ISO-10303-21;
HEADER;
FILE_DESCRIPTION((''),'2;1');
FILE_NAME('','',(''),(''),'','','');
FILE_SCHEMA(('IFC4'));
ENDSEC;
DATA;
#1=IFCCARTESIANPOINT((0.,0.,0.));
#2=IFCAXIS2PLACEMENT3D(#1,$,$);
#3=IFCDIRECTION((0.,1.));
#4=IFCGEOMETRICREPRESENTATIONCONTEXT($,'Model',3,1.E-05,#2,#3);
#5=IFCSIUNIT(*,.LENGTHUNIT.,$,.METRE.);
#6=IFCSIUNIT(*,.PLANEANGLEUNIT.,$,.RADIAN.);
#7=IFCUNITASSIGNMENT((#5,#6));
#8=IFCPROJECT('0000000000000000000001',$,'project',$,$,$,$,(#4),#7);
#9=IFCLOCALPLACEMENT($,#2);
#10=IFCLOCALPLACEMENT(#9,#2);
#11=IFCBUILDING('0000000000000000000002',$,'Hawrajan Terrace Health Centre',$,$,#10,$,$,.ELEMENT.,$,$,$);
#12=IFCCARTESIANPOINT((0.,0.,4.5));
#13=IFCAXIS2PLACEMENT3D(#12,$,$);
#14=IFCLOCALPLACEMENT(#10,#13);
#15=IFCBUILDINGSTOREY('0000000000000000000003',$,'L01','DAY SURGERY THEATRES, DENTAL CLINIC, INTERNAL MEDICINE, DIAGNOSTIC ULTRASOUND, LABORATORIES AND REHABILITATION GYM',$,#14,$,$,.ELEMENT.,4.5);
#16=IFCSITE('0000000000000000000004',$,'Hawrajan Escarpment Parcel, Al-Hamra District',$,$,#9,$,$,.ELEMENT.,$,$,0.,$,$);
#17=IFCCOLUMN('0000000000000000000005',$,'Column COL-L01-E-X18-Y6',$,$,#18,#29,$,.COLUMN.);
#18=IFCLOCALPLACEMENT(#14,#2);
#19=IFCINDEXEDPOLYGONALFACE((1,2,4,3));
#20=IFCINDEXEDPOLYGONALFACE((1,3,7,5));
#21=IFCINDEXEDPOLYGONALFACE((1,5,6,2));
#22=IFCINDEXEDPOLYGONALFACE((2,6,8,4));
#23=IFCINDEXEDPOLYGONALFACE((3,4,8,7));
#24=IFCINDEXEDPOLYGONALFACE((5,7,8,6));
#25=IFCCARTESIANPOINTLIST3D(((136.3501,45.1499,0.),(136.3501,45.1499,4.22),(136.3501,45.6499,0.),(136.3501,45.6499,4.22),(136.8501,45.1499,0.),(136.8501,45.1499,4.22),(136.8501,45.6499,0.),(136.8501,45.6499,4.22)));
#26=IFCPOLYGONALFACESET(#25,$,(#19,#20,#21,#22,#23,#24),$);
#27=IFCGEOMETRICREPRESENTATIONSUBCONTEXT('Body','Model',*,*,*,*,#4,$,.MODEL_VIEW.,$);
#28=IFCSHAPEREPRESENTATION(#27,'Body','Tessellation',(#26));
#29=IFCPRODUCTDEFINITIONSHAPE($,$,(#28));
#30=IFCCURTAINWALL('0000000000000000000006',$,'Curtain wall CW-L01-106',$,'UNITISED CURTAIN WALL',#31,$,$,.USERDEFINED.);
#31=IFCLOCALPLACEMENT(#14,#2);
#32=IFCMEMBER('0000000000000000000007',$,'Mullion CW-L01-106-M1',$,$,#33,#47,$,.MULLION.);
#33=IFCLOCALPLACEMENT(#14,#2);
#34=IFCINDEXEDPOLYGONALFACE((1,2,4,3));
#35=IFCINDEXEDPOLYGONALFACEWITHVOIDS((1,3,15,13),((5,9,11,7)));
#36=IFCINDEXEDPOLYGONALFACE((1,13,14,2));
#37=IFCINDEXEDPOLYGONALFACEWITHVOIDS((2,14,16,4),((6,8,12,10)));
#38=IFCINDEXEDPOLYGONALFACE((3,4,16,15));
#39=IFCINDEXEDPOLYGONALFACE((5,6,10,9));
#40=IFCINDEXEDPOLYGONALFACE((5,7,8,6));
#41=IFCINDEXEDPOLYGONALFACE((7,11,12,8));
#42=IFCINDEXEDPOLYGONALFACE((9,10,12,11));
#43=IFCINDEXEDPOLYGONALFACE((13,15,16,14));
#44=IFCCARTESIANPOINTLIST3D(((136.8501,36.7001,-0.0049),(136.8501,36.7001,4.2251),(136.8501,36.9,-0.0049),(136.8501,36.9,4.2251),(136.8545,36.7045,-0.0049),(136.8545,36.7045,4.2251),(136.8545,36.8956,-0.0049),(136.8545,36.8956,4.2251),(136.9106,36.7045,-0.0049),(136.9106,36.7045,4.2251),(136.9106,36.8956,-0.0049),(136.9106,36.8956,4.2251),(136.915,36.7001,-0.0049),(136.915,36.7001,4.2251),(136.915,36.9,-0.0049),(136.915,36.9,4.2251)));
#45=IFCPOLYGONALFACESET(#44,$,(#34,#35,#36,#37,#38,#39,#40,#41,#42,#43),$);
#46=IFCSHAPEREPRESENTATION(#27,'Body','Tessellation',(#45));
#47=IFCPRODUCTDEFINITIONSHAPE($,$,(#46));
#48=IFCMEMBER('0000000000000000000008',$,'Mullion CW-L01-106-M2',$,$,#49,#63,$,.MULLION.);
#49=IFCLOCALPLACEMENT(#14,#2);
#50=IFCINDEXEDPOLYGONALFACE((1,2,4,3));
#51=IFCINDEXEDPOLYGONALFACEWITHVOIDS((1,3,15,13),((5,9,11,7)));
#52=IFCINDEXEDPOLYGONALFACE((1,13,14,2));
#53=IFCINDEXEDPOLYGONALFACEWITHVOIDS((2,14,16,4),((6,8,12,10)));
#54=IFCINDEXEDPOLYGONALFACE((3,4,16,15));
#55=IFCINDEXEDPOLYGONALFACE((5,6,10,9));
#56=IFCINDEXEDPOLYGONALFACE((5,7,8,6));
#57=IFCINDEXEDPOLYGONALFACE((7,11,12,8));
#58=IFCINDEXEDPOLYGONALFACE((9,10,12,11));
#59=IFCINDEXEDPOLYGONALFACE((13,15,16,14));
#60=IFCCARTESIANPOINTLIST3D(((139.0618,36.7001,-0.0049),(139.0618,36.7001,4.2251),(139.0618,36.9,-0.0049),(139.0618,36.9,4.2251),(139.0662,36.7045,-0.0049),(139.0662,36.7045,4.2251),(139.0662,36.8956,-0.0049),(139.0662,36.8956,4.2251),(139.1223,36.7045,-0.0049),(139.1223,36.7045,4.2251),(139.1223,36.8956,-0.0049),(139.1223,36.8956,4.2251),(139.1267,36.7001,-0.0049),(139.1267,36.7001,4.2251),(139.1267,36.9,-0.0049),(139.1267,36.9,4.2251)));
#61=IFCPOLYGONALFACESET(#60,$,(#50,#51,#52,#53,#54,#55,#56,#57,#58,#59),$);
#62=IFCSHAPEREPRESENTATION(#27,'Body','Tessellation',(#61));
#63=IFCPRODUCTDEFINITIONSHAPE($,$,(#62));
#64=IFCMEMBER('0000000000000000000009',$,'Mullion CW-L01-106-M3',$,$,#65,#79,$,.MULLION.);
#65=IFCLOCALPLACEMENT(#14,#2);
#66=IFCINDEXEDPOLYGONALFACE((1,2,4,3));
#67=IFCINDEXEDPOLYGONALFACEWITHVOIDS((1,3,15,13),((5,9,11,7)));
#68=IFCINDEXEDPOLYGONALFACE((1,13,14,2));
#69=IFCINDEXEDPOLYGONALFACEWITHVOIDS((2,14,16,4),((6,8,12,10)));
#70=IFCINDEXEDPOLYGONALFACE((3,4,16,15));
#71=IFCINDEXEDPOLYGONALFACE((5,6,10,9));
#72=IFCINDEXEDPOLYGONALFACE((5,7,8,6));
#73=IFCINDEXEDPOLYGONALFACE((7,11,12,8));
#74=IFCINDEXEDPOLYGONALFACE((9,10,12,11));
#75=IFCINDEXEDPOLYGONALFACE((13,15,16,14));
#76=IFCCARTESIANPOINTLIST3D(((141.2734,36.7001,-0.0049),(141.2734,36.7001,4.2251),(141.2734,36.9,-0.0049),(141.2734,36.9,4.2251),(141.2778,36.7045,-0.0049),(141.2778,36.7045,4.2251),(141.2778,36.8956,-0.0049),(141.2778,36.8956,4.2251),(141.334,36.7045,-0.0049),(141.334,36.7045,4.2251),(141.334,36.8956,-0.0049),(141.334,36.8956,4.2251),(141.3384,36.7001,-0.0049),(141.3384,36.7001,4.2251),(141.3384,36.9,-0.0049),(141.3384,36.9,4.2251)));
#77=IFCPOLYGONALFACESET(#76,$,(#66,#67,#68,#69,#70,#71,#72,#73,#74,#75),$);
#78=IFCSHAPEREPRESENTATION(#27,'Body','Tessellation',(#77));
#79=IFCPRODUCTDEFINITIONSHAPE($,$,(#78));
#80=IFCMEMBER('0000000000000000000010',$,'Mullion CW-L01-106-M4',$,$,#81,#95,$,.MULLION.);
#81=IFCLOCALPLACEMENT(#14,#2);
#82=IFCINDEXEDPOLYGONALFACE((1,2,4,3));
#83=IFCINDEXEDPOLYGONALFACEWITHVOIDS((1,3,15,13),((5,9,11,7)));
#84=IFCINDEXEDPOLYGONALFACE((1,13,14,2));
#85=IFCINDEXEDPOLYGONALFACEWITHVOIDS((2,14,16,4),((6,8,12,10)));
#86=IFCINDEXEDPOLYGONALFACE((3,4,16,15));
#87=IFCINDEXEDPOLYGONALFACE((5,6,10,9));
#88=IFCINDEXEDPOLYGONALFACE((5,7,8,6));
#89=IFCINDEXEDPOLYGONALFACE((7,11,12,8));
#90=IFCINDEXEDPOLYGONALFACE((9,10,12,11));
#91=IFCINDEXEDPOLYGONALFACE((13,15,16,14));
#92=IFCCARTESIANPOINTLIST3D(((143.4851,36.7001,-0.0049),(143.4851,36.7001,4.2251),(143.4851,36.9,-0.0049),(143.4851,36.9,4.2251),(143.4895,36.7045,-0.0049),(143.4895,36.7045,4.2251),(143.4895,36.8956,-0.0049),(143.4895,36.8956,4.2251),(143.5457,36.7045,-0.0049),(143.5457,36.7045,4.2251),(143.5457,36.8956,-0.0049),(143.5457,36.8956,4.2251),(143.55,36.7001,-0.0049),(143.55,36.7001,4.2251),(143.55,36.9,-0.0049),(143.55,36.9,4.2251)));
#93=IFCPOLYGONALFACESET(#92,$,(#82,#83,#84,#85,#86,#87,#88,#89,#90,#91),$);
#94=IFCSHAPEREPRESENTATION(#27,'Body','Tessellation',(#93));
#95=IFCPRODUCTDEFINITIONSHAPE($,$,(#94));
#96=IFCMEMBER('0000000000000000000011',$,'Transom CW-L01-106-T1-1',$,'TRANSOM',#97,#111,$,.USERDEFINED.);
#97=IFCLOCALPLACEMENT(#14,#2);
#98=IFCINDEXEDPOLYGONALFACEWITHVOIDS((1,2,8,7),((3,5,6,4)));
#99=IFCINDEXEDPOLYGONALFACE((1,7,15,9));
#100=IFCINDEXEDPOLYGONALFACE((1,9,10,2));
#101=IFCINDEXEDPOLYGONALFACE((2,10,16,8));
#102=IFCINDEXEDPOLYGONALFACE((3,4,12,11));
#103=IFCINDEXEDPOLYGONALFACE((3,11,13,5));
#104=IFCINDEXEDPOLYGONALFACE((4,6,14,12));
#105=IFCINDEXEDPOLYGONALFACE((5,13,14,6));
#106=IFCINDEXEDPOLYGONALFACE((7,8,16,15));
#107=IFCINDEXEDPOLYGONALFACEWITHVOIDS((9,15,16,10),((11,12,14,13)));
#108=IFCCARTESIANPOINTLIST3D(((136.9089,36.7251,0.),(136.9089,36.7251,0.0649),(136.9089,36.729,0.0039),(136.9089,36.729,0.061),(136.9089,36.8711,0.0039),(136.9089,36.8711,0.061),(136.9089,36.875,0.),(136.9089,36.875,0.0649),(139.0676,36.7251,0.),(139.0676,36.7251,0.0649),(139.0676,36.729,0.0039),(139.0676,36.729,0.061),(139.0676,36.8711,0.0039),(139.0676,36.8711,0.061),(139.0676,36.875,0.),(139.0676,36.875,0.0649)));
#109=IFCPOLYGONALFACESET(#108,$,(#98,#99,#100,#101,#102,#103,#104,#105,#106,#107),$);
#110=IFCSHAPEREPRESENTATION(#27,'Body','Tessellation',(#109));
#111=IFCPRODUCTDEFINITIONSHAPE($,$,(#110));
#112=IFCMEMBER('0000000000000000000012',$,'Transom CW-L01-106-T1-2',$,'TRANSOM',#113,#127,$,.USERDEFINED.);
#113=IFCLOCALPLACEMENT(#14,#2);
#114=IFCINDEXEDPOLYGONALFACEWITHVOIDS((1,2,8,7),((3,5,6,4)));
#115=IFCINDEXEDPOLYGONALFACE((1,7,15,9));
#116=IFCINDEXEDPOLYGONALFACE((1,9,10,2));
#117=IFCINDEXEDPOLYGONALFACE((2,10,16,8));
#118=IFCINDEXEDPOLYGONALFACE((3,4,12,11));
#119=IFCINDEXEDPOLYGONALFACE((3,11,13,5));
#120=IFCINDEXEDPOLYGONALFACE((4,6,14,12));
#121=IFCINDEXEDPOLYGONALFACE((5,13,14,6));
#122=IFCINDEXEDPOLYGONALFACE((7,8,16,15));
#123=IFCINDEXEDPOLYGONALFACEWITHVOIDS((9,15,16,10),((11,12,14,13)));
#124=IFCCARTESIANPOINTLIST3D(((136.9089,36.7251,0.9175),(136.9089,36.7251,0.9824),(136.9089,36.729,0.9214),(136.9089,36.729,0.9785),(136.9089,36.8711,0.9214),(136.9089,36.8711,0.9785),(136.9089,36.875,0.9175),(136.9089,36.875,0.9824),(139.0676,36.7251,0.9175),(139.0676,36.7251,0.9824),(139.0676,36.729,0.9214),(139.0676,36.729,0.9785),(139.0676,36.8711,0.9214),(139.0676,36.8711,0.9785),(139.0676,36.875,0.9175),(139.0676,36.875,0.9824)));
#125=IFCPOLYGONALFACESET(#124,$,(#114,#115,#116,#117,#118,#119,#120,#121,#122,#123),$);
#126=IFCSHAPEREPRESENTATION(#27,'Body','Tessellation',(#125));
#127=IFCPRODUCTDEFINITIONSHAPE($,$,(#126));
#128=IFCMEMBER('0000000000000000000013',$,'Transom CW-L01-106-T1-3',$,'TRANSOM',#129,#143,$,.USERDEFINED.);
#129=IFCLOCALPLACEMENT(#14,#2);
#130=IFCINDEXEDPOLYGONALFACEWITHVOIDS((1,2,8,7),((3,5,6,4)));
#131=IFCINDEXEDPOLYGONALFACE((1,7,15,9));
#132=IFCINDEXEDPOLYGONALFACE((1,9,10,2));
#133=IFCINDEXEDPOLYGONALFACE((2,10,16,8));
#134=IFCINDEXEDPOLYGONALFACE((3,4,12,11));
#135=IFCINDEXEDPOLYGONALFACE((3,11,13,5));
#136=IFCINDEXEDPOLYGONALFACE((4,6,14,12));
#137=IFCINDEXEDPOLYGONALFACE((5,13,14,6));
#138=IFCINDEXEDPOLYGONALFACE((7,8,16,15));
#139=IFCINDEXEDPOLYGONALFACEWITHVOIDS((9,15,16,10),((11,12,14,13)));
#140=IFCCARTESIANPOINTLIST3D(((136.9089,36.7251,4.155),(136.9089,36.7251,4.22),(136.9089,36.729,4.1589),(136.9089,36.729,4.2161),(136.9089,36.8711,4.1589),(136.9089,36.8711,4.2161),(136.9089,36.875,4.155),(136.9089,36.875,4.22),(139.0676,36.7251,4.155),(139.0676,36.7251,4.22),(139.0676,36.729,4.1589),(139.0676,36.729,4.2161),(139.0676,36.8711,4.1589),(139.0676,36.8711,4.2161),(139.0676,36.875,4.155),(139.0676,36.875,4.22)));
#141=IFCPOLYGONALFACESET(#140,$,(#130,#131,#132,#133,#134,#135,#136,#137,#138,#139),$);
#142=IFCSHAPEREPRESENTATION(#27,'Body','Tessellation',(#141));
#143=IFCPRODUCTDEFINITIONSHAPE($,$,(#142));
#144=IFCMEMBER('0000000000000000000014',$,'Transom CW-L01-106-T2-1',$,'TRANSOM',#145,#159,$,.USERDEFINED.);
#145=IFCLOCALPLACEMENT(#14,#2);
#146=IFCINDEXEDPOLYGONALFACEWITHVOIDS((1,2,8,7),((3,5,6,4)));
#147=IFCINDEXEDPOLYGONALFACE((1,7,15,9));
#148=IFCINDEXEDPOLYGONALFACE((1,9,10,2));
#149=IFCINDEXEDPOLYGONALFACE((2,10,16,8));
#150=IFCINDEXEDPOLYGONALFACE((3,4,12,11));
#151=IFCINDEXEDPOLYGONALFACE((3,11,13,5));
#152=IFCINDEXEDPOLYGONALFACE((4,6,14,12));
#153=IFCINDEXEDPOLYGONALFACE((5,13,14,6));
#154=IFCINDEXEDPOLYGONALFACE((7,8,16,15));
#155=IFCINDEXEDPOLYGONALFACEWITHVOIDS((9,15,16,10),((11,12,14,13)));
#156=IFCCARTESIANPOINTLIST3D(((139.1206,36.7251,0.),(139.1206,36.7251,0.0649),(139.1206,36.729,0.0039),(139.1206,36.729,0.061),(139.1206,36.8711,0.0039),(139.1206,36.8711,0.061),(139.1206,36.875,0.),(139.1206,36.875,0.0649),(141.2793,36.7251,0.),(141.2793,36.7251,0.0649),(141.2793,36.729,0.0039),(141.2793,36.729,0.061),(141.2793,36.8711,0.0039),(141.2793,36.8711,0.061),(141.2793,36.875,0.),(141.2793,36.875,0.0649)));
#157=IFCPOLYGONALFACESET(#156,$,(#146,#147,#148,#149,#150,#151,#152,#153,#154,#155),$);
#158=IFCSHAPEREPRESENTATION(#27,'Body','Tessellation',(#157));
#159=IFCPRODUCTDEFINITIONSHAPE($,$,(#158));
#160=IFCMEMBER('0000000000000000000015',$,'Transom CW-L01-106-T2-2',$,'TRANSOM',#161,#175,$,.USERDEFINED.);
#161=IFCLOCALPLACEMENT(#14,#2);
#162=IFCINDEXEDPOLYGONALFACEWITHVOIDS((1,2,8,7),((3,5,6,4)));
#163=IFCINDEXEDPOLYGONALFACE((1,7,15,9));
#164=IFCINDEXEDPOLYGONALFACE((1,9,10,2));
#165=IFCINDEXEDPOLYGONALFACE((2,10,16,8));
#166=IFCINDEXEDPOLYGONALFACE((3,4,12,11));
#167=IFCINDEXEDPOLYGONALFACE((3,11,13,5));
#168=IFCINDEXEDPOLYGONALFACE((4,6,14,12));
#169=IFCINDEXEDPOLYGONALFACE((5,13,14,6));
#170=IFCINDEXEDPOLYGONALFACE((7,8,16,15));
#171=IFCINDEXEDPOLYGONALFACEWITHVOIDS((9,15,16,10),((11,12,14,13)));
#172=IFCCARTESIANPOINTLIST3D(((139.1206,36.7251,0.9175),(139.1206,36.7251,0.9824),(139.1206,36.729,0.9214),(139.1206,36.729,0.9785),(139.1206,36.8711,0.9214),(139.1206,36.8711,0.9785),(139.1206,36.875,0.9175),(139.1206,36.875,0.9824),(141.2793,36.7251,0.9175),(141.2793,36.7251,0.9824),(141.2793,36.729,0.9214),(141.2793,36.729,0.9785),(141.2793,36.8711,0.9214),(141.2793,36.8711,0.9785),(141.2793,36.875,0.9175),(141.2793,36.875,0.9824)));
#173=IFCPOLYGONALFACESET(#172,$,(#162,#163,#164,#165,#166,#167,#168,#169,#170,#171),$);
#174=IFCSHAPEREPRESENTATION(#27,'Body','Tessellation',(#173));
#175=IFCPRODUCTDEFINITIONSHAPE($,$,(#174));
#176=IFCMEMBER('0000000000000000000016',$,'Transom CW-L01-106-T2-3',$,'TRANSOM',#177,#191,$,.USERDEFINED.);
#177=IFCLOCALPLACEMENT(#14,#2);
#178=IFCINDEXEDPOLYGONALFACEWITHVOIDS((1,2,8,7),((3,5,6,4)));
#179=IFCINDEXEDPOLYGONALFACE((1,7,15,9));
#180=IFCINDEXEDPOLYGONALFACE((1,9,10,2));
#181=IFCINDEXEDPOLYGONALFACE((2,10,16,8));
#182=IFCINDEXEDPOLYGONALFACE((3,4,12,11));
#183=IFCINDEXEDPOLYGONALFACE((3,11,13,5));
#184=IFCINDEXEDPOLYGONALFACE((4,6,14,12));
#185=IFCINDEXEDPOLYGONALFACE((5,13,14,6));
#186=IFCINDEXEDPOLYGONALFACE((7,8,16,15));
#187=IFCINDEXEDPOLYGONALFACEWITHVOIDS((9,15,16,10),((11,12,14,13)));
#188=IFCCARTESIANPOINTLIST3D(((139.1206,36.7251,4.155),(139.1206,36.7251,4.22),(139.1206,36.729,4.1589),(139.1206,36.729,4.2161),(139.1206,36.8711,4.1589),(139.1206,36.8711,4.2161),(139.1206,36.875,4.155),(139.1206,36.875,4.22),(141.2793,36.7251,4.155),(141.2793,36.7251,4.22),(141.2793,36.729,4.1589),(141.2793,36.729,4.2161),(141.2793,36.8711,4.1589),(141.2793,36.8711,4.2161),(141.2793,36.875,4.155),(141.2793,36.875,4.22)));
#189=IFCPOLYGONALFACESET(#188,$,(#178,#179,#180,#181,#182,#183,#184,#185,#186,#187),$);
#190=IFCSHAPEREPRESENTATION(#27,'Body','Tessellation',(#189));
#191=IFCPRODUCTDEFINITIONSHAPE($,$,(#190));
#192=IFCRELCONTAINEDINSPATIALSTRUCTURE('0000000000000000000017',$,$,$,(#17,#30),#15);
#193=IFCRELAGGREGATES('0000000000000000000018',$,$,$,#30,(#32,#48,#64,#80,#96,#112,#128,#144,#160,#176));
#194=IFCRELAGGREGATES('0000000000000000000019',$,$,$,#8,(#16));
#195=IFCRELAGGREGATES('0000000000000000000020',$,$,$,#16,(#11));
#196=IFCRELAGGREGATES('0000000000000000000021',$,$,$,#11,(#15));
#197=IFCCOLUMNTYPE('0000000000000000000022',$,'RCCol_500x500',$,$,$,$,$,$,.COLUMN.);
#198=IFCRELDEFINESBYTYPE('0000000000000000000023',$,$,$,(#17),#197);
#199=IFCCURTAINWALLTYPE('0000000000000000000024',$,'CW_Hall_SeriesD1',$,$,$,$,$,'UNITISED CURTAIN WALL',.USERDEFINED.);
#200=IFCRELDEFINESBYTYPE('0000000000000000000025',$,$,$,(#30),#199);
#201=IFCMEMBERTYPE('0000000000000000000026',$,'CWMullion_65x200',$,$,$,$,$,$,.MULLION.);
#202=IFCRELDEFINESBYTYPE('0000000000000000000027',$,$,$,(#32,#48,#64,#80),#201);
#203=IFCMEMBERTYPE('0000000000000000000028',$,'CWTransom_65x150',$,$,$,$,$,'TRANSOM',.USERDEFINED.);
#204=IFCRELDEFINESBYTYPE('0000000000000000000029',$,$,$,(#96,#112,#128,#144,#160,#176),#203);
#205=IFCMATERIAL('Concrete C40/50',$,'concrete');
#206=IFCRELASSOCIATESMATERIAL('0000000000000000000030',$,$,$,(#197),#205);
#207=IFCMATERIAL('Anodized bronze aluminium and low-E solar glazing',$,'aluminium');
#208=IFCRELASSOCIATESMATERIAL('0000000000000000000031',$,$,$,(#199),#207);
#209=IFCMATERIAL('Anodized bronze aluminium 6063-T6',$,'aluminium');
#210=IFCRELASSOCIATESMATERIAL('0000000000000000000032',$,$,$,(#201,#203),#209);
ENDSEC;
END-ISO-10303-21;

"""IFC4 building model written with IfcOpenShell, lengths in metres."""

from ifc_helpers import new_model, si_unit, direction, frame, origin, origin_2d, place, context, subcontext, project, spatial, rectangle, hollow_rectangle, extrude, material, material_profile, profile_set, type_object, element, aggregate, save


model = new_model("IFC4")

# Units and contexts
model_context = context("Model", 3, precision=1e-05, world=origin(), true_north=direction((0.0, 1.0)))
body_context = subcontext(model_context, "Body", "Model", "MODEL_VIEW")
ifc_project = project(units=[si_unit("LENGTHUNIT", "METRE"), si_unit("PLANEANGLEUNIT", "RADIAN")], contexts=[model_context])

# Site, building, storey
site_placement = place(None, origin())
site = spatial("IfcSite", under=ifc_project, at=site_placement, Name="Hawrajan Escarpment Parcel, Al-Hamra District", CompositionType="ELEMENT", RefElevation=0.0)
building_placement = place(site_placement, origin())
building = spatial("IfcBuilding", under=site, at=building_placement, Name="Hawrajan Terrace Health Centre", CompositionType="ELEMENT")
storey_placement = place(building_placement, frame((0.0, 0.0, 4.5)))
storey = spatial("IfcBuildingStorey", under=building, at=storey_placement, Name="L01", Description="DAY SURGERY THEATRES, DENTAL CLINIC, INTERNAL MEDICINE, DIAGNOSTIC ULTRASOUND, LABORATORIES AND REHABILITATION GYM", CompositionType="ELEMENT", Elevation=4.5)

# Column
ifc_material_1 = material(Name="Concrete C40/50", Category="concrete")
ifc_material_profile_1 = material_profile(ifc_material_1, rectangle(XDim=0.5, YDim=0.5, at=origin_2d()), Name="RC 500x500")
ifc_profile_set_1 = profile_set([ifc_material_profile_1], Name="Concrete C40/50")
column_type = type_object("IfcColumnType", Name="RCCol_500x500", PredefinedType="COLUMN", material=ifc_profile_set_1)
column_placement = place(storey_placement, frame((136.6001, 45.3999, 0.0), z_axis=(0.0, 0.0, 1.0), x_axis=(1.0, 0.0, 0.0)))
element("IfcColumn", 1, at=column_placement, inside=storey, type_object=column_type, Name="Column COL-L01-E-X18-Y6", PredefinedType="COLUMN", context=body_context, shape_type="SweptSolid", body=[
    extrude(rectangle(XDim=0.5, YDim=0.5, at=origin_2d()), origin(), (0.0, 0.0, 1.0), 4.22),
])

# Curtain wall, members
ifc_material_2 = material(Name="Anodized bronze aluminium and low-E solar glazing", Category="aluminium")
curtain_wall_type = type_object("IfcCurtainWallType", Name="CW_Hall_SeriesD1", ElementType="UNITISED CURTAIN WALL", PredefinedType="USERDEFINED", material=ifc_material_2)
curtain_wall_placement = place(storey_placement, origin())
curtain_wall = element("IfcCurtainWall", 2, at=curtain_wall_placement, inside=storey, type_object=curtain_wall_type, Name="Curtain wall CW-L01-106", ObjectType="UNITISED CURTAIN WALL", PredefinedType="USERDEFINED")
ifc_material_3 = material(Name="Anodized bronze aluminium 6063-T6", Category="aluminium")
ifc_material_profile_2 = material_profile(ifc_material_3, hollow_rectangle(XDim=0.0649, YDim=0.2, WallThickness=0.0044, at=origin_2d()), Name="CW MUL 65x200")
ifc_profile_set_2 = profile_set([ifc_material_profile_2], Name="Anodized bronze aluminium 6063-T6")
member_type_1 = type_object("IfcMemberType", Name="CWMullion_65x200", PredefinedType="MULLION", material=ifc_profile_set_2)
member_1_placement = place(storey_placement, frame((136.8826, 36.8, -0.0049), z_axis=(0.0, 0.0, 1.0), x_axis=(1.0, 0.0, 0.0)))
member_1 = element("IfcMember", 3, at=member_1_placement, type_object=member_type_1, Name="Mullion CW-L01-106-M1", PredefinedType="MULLION", context=body_context, shape_type="SweptSolid", body=[
    extrude(hollow_rectangle(XDim=0.0649, YDim=0.2, WallThickness=0.0044, at=origin_2d()), origin(), (0.0, 0.0, 1.0), 4.23),
])
member_2_placement = place(storey_placement, frame((139.0942, 36.8, -0.0049), z_axis=(0.0, 0.0, 1.0), x_axis=(1.0, 0.0, 0.0)))
member_2 = element("IfcMember", 4, at=member_2_placement, type_object=member_type_1, Name="Mullion CW-L01-106-M2", PredefinedType="MULLION", context=body_context, shape_type="SweptSolid", body=[
    extrude(hollow_rectangle(XDim=0.0649, YDim=0.2, WallThickness=0.0044, at=origin_2d()), origin(), (0.0, 0.0, 1.0), 4.23),
])
member_3_placement = place(storey_placement, frame((141.3059, 36.8, -0.0049), z_axis=(0.0, 0.0, 1.0), x_axis=(1.0, 0.0, 0.0)))
member_3 = element("IfcMember", 5, at=member_3_placement, type_object=member_type_1, Name="Mullion CW-L01-106-M3", PredefinedType="MULLION", context=body_context, shape_type="SweptSolid", body=[
    extrude(hollow_rectangle(XDim=0.0649, YDim=0.2, WallThickness=0.0044, at=origin_2d()), origin(), (0.0, 0.0, 1.0), 4.23),
])
member_4_placement = place(storey_placement, frame((143.5176, 36.8, -0.0049), z_axis=(0.0, 0.0, 1.0), x_axis=(1.0, 0.0, 0.0)))
member_4 = element("IfcMember", 6, at=member_4_placement, type_object=member_type_1, Name="Mullion CW-L01-106-M4", PredefinedType="MULLION", context=body_context, shape_type="SweptSolid", body=[
    extrude(hollow_rectangle(XDim=0.0649, YDim=0.2, WallThickness=0.0044, at=origin_2d()), origin(), (0.0, 0.0, 1.0), 4.23),
])
ifc_material_profile_3 = material_profile(ifc_material_3, hollow_rectangle(XDim=0.0649, YDim=0.1499, WallThickness=0.0039, at=origin_2d()), Name="CW TRN 65x150")
ifc_profile_set_3 = profile_set([ifc_material_profile_3], Name="Anodized bronze aluminium 6063-T6")
member_type_2 = type_object("IfcMemberType", Name="CWTransom_65x150", ElementType="TRANSOM", PredefinedType="USERDEFINED", material=ifc_profile_set_3)
member_5_placement = place(storey_placement, frame((136.9089, 36.8, 0.0325), z_axis=(1.0, 0.0, 0.0), x_axis=(0.0, 0.0, 1.0)))
member_5 = element("IfcMember", 7, at=member_5_placement, type_object=member_type_2, Name="Transom CW-L01-106-T1-1", ObjectType="TRANSOM", PredefinedType="USERDEFINED", context=body_context, shape_type="SweptSolid", body=[
    extrude(hollow_rectangle(XDim=0.0649, YDim=0.1499, WallThickness=0.0039, at=origin_2d()), origin(), (0.0, 0.0, 1.0), 2.1587),
])
member_6_placement = place(storey_placement, frame((136.9089, 36.8, 0.95), z_axis=(1.0, 0.0, 0.0), x_axis=(0.0, 0.0, 1.0)))
member_6 = element("IfcMember", 8, at=member_6_placement, type_object=member_type_2, Name="Transom CW-L01-106-T1-2", ObjectType="TRANSOM", PredefinedType="USERDEFINED", context=body_context, shape_type="SweptSolid", body=[
    extrude(hollow_rectangle(XDim=0.0649, YDim=0.1499, WallThickness=0.0039, at=origin_2d()), origin(), (0.0, 0.0, 1.0), 2.1587),
])
member_7_placement = place(storey_placement, frame((136.9089, 36.8, 4.1875), z_axis=(1.0, 0.0, 0.0), x_axis=(0.0, 0.0, 1.0)))
member_7 = element("IfcMember", 9, at=member_7_placement, type_object=member_type_2, Name="Transom CW-L01-106-T1-3", ObjectType="TRANSOM", PredefinedType="USERDEFINED", context=body_context, shape_type="SweptSolid", body=[
    extrude(hollow_rectangle(XDim=0.0649, YDim=0.1499, WallThickness=0.0039, at=origin_2d()), origin(), (0.0, 0.0, 1.0), 2.1587),
])
member_8_placement = place(storey_placement, frame((139.1206, 36.8, 0.0325), z_axis=(1.0, 0.0, 0.0), x_axis=(0.0, 0.0, 1.0)))
member_8 = element("IfcMember", 10, at=member_8_placement, type_object=member_type_2, Name="Transom CW-L01-106-T2-1", ObjectType="TRANSOM", PredefinedType="USERDEFINED", context=body_context, shape_type="SweptSolid", body=[
    extrude(hollow_rectangle(XDim=0.0649, YDim=0.1499, WallThickness=0.0039, at=origin_2d()), origin(), (0.0, 0.0, 1.0), 2.1587),
])
member_9_placement = place(storey_placement, frame((139.1206, 36.8, 0.95), z_axis=(1.0, 0.0, 0.0), x_axis=(0.0, 0.0, 1.0)))
member_9 = element("IfcMember", 11, at=member_9_placement, type_object=member_type_2, Name="Transom CW-L01-106-T2-2", ObjectType="TRANSOM", PredefinedType="USERDEFINED", context=body_context, shape_type="SweptSolid", body=[
    extrude(hollow_rectangle(XDim=0.0649, YDim=0.1499, WallThickness=0.0039, at=origin_2d()), origin(), (0.0, 0.0, 1.0), 2.1587),
])
member_10_placement = place(storey_placement, frame((139.1206, 36.8, 4.1875), z_axis=(1.0, 0.0, 0.0), x_axis=(0.0, 0.0, 1.0)))
member_10 = element("IfcMember", 12, at=member_10_placement, type_object=member_type_2, Name="Transom CW-L01-106-T2-3", ObjectType="TRANSOM", PredefinedType="USERDEFINED", context=body_context, shape_type="SweptSolid", body=[
    extrude(hollow_rectangle(XDim=0.0649, YDim=0.1499, WallThickness=0.0039, at=origin_2d()), origin(), (0.0, 0.0, 1.0), 2.1587),
])

aggregate(curtain_wall, [member_1, member_2, member_3, member_4, member_5, member_6, member_7, member_8, member_9, member_10])

save(model, "model.ifc")
